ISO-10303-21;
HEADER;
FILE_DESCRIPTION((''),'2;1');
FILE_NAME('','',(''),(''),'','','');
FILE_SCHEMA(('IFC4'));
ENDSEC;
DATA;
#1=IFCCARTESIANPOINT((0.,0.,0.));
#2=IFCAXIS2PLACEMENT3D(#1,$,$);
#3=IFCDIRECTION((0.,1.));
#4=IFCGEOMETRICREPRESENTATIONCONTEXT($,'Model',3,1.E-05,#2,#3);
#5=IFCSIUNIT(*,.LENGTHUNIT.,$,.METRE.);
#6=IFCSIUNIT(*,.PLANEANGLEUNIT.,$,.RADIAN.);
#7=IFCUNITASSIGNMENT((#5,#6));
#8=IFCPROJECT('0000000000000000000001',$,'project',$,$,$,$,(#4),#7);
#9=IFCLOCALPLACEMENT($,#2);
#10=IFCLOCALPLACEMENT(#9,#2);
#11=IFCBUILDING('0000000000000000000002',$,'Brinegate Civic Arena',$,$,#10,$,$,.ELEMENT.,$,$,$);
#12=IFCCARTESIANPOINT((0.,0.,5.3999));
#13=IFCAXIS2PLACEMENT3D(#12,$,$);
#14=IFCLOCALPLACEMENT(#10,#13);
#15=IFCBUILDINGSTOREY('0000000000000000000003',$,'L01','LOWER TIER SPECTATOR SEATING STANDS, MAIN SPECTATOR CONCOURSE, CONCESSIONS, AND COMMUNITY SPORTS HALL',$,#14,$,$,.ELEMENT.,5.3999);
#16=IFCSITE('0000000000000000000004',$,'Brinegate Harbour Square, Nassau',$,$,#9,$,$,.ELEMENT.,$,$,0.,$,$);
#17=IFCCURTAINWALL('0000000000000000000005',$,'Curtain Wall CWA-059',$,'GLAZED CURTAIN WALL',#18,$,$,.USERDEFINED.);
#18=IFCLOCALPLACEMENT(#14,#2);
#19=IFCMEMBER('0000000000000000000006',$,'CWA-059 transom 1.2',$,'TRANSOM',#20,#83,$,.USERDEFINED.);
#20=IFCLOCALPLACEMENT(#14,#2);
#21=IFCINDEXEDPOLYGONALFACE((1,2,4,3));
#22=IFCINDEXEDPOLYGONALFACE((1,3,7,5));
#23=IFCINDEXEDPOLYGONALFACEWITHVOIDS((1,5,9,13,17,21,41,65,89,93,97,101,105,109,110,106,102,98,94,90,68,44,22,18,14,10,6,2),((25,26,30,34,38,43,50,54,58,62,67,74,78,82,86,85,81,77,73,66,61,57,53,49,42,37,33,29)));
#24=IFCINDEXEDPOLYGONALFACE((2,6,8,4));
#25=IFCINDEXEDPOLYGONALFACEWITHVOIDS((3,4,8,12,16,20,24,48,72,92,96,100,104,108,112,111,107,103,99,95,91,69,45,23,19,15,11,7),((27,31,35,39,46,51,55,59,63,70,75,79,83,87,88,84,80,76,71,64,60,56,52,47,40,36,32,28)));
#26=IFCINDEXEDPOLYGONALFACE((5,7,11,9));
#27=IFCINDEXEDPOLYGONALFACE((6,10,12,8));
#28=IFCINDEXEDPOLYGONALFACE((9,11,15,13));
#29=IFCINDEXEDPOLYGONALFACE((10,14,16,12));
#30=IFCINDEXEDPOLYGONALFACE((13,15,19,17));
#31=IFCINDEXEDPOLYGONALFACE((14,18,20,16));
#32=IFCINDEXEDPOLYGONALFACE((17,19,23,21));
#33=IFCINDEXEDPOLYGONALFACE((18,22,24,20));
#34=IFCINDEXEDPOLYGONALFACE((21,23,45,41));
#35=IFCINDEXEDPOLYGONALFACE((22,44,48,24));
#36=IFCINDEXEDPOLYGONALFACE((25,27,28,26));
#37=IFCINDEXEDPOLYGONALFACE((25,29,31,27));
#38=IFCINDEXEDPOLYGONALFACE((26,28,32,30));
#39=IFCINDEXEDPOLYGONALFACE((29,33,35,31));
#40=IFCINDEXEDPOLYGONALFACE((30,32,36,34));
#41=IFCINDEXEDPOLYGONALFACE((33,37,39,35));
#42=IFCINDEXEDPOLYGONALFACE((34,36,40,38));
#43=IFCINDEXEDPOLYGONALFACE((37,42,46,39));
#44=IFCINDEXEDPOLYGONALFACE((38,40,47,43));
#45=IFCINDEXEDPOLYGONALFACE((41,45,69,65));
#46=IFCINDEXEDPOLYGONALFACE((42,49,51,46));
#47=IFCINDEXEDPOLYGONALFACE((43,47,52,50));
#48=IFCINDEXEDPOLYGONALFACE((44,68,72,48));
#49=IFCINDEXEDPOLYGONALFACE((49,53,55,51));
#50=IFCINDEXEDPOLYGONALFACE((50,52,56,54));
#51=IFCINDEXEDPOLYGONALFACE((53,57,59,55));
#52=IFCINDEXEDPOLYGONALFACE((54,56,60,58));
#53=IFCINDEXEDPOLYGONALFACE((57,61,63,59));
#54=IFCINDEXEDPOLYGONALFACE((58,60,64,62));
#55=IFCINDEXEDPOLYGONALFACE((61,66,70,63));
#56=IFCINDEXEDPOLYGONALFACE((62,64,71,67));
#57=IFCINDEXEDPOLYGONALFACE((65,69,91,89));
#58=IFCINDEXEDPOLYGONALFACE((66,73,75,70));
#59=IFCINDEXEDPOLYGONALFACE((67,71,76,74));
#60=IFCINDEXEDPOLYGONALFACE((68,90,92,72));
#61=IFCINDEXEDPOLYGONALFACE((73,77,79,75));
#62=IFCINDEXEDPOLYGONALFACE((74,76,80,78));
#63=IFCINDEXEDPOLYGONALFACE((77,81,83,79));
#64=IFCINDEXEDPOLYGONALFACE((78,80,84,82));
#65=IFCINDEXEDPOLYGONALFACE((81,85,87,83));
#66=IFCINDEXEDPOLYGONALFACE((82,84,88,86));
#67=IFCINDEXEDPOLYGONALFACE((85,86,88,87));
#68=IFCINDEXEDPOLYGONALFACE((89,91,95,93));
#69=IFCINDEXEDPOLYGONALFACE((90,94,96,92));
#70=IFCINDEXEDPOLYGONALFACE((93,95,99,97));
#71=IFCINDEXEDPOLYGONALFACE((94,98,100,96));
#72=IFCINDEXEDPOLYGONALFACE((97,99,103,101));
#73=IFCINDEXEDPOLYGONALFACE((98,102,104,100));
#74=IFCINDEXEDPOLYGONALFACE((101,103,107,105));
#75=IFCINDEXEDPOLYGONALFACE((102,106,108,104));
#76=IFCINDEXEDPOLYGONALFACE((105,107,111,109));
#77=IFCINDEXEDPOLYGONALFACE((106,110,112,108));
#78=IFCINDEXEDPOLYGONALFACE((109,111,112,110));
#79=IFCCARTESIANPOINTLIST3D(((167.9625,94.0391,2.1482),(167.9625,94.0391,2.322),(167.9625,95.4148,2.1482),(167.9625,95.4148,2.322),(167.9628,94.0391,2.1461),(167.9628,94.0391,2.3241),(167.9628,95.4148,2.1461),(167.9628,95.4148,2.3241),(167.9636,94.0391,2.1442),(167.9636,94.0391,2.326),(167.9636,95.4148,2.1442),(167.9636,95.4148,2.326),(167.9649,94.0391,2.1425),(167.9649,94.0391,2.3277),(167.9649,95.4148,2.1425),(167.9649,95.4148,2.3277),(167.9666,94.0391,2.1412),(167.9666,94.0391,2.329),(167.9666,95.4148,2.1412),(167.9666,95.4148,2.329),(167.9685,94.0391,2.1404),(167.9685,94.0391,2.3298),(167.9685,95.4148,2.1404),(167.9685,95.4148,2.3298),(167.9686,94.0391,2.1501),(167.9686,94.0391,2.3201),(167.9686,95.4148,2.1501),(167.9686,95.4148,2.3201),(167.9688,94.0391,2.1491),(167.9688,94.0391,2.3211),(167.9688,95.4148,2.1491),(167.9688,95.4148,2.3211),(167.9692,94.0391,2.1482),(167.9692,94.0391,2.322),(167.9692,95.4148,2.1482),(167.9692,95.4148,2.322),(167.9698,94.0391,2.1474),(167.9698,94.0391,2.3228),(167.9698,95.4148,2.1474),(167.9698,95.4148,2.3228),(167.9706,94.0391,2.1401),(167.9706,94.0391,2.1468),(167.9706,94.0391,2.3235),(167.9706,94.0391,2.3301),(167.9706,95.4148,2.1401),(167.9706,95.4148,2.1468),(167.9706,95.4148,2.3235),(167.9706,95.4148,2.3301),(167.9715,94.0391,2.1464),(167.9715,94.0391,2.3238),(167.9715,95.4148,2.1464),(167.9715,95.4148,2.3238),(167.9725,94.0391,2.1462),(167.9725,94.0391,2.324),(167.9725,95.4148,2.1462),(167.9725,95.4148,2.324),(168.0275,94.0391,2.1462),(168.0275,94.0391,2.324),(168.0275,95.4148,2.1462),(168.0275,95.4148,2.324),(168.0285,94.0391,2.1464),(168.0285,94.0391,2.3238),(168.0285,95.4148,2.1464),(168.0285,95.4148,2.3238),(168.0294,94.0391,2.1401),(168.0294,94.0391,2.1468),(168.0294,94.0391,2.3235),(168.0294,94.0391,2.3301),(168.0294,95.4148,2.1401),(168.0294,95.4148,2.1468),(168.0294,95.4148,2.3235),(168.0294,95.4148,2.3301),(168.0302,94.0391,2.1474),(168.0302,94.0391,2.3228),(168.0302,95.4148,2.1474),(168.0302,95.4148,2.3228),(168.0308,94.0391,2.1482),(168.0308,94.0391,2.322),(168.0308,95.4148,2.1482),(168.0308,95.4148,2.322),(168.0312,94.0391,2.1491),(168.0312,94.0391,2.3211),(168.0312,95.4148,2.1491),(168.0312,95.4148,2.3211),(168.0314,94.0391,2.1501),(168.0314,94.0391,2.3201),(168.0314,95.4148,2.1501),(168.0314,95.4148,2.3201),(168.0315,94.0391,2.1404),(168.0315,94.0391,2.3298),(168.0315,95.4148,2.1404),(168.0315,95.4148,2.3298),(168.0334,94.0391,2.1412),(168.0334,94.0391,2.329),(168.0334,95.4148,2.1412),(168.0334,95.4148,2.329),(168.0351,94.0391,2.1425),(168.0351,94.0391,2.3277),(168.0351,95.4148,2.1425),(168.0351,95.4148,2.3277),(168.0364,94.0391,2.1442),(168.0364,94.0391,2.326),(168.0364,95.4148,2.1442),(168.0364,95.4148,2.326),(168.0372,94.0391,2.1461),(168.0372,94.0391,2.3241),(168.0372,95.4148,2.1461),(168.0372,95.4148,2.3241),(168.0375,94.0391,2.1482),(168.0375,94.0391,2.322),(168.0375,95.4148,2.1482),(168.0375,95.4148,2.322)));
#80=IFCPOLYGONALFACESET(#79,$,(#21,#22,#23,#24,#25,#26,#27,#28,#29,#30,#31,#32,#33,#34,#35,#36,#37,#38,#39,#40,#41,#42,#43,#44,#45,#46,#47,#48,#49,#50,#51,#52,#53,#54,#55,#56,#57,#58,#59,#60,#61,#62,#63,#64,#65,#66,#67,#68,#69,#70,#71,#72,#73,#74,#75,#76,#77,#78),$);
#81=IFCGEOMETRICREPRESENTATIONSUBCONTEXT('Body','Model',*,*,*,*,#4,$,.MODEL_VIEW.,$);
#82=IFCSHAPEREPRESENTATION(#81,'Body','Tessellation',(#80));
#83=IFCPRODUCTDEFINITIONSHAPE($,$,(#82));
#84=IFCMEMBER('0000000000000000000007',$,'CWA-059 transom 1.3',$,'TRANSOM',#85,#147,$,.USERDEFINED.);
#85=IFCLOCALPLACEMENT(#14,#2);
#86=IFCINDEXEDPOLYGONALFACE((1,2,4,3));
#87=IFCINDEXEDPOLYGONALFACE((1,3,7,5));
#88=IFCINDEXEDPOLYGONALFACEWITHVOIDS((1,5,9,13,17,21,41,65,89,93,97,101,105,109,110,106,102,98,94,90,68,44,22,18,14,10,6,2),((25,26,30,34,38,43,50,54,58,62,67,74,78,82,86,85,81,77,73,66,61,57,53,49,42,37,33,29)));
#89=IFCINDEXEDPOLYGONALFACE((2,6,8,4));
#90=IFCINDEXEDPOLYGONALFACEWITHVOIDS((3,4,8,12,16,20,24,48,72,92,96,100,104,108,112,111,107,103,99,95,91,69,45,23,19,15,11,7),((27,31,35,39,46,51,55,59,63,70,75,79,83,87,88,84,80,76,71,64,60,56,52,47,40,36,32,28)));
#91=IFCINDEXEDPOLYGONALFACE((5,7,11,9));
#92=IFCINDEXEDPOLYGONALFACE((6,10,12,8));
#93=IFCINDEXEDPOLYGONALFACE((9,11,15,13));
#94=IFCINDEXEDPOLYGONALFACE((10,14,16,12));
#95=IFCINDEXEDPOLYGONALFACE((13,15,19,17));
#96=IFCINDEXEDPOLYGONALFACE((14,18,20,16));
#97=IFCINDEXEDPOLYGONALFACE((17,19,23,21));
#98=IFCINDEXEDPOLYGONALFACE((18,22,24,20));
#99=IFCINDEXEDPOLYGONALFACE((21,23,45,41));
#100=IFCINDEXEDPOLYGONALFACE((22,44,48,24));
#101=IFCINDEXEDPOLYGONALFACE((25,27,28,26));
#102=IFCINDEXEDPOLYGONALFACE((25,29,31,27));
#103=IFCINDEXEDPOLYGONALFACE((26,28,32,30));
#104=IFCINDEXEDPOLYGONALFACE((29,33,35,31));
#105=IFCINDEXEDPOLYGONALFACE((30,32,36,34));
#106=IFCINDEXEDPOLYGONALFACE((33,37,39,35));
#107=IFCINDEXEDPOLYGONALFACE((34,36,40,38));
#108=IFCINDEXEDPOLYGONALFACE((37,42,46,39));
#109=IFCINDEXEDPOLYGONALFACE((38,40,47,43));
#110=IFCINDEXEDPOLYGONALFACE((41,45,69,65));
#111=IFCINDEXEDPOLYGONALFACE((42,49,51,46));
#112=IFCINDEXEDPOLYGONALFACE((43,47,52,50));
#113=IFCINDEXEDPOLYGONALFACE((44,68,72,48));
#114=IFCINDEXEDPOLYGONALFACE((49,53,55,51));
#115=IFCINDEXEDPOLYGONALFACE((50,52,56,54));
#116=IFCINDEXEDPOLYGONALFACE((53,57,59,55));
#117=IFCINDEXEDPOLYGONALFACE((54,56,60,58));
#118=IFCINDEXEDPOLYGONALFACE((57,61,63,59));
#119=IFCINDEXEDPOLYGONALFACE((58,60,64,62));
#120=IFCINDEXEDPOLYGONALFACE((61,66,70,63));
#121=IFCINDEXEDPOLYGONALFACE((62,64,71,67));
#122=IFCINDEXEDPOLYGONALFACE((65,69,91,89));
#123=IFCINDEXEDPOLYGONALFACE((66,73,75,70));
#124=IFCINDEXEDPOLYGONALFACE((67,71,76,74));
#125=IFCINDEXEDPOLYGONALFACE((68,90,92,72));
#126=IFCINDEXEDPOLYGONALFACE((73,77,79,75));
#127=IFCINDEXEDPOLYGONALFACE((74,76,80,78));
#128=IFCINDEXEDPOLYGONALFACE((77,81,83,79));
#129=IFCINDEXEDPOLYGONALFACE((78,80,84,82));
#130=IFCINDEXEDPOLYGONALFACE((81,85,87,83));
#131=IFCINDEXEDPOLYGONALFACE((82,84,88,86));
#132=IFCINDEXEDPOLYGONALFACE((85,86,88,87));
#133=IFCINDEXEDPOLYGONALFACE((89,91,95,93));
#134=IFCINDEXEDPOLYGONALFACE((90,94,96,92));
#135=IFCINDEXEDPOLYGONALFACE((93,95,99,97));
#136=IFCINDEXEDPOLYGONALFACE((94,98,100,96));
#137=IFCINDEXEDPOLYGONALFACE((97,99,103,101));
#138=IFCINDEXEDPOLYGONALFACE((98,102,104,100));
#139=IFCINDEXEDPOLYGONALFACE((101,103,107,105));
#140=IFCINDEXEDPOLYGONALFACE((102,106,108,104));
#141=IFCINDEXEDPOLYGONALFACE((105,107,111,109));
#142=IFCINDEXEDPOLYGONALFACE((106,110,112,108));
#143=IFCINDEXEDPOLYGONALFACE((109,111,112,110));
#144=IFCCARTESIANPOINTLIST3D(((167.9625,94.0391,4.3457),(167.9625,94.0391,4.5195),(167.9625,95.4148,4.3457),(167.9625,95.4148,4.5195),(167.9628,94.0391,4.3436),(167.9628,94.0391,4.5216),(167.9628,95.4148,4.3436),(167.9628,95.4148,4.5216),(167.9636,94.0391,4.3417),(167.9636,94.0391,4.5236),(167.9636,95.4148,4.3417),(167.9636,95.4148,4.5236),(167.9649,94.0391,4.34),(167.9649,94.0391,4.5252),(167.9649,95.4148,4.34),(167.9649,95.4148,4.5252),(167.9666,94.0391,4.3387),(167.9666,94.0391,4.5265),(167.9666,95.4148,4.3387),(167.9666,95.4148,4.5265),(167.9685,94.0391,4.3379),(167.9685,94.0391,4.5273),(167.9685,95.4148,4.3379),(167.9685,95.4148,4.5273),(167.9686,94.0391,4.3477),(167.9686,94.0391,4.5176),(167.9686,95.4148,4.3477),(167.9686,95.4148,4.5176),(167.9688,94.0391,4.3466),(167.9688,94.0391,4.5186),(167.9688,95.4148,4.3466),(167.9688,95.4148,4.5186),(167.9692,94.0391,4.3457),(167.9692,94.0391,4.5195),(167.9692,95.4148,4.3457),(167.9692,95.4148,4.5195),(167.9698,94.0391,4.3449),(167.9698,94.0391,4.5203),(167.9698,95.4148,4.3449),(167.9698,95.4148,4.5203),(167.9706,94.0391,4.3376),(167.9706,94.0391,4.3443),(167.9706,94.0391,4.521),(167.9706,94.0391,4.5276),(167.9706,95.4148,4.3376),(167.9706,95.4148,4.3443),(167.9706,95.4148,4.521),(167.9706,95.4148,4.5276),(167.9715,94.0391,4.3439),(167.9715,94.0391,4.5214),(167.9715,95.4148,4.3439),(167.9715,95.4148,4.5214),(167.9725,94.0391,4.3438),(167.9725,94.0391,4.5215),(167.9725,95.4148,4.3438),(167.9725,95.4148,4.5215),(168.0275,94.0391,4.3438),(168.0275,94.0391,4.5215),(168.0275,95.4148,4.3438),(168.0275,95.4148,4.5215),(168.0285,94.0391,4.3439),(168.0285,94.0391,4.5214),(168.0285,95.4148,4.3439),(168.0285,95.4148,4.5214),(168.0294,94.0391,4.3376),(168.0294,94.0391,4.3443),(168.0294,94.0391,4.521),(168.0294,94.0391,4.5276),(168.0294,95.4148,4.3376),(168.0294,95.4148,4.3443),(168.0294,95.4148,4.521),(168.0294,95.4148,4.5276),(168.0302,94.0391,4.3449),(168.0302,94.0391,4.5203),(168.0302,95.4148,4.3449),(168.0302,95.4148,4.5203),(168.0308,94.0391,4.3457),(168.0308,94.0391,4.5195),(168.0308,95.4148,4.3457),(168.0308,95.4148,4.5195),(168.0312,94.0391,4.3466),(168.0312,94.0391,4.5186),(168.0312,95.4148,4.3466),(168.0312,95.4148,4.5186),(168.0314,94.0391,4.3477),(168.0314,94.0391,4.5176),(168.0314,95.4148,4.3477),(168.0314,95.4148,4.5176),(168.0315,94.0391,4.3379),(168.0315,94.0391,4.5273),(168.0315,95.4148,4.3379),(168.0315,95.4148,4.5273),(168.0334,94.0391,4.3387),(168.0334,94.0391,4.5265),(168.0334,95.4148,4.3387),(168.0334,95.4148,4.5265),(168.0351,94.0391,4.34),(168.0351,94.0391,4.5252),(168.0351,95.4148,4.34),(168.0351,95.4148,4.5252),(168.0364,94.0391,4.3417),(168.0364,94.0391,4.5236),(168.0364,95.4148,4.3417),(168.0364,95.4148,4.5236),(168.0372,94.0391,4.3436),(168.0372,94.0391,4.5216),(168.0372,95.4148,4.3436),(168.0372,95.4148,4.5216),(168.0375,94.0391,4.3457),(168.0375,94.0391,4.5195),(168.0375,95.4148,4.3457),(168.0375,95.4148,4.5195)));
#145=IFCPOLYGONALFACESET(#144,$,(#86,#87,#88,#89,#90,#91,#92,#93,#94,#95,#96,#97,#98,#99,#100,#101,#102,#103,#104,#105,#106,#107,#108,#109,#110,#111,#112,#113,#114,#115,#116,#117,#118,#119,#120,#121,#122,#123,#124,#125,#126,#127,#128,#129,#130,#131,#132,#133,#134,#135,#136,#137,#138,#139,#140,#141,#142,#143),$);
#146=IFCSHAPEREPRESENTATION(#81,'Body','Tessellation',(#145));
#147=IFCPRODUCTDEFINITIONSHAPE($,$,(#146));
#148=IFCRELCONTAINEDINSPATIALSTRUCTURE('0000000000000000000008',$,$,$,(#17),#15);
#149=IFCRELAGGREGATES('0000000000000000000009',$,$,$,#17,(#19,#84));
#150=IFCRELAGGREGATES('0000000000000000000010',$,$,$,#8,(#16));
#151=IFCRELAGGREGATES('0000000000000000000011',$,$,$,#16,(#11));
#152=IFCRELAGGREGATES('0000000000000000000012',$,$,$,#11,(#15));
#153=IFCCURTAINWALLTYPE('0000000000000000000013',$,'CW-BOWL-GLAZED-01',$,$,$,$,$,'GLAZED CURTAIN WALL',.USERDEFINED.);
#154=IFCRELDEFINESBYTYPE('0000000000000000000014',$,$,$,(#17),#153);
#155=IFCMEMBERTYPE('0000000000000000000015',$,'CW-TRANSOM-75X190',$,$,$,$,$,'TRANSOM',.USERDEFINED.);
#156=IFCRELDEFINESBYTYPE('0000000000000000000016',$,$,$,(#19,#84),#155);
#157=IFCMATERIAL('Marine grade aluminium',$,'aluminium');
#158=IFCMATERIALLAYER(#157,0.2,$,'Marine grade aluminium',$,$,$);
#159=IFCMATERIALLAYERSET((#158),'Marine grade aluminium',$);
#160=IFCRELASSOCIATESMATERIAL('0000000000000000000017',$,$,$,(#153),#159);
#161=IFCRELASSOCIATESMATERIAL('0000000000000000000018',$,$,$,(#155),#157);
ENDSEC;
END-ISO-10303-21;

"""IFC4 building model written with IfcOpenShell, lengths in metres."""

from ifc_helpers import new_model, si_unit, direction, frame, origin, origin_2d, place, context, subcontext, project, spatial, hollow_rectangle, extrude, material, layer, layer_set, material_profile, profile_set, type_object, element, aggregate, save


model = new_model("IFC4")

# Units and contexts
model_context = context("Model", 3, precision=1e-05, world=origin(), true_north=direction((0.0, 1.0)))
body_context = subcontext(model_context, "Body", "Model", "MODEL_VIEW")
ifc_project = project(units=[si_unit("LENGTHUNIT", "METRE"), si_unit("PLANEANGLEUNIT", "RADIAN")], contexts=[model_context])

# Site, building, storey
site_placement = place(None, origin())
site = spatial("IfcSite", under=ifc_project, at=site_placement, Name="Brinegate Harbour Square, Nassau", CompositionType="ELEMENT", RefElevation=0.0)
building_placement = place(site_placement, origin())
building = spatial("IfcBuilding", under=site, at=building_placement, Name="Brinegate Civic Arena", CompositionType="ELEMENT")
storey_placement = place(building_placement, frame((0.0, 0.0, 5.3999)))
storey = spatial("IfcBuildingStorey", under=building, at=storey_placement, Name="L01", Description="LOWER TIER SPECTATOR SEATING STANDS, MAIN SPECTATOR CONCOURSE, CONCESSIONS, AND COMMUNITY SPORTS HALL", CompositionType="ELEMENT", Elevation=5.3999)

# Curtain wall
ifc_material_1 = material(Name="Marine grade aluminium", Category="aluminium")
ifc_layer_1 = layer(ifc_material_1, 0.2, Name="Marine grade aluminium")
ifc_layer_set_1 = layer_set([ifc_layer_1], Name="Marine grade aluminium")
curtain_wall_type = type_object("IfcCurtainWallType", Name="CW-BOWL-GLAZED-01", ElementType="GLAZED CURTAIN WALL", PredefinedType="USERDEFINED", material=ifc_layer_set_1)
curtain_wall_1_placement = place(storey_placement, origin())
curtain_wall_1 = element("IfcCurtainWall", 1, at=curtain_wall_1_placement, inside=storey, type_object=curtain_wall_type, Name="Curtain Wall CWA-059", ObjectType="GLAZED CURTAIN WALL", PredefinedType="USERDEFINED")

# Members
ifc_material_profile_1 = material_profile(ifc_material_1, hollow_rectangle(XDim=0.075, YDim=0.1899, WallThickness=0.0061, InnerFilletRadius=0.0039, OuterFilletRadius=0.0081, at=origin_2d()), Name="TRN75X190")
ifc_profile_set_1 = profile_set([ifc_material_profile_1], Name="Marine grade aluminium")
member_type_1 = type_object("IfcMemberType", Name="CW-TRANSOM-75X190", ElementType="TRANSOM", PredefinedType="USERDEFINED", material=ifc_profile_set_1)
member_1_placement = place(storey_placement, frame((168.0, 94.0391, 2.2351), z_axis=(0.0, 1.0, 0.0), x_axis=(-1.0, 0.0, 0.0)))
member_1 = element("IfcMember", 2, at=member_1_placement, type_object=member_type_1, Name="CWA-059 transom 1.2", ObjectType="TRANSOM", PredefinedType="USERDEFINED", context=body_context, shape_type="SweptSolid", body=[
    extrude(hollow_rectangle(XDim=0.075, YDim=0.1899, WallThickness=0.0061, InnerFilletRadius=0.0039, OuterFilletRadius=0.0081, at=origin_2d()), origin(), (0.0, 0.0, 1.0), 1.3757),
])
member_2_placement = place(storey_placement, frame((168.0, 94.0391, 4.4326), z_axis=(0.0, 1.0, 0.0), x_axis=(-1.0, 0.0, 0.0)))
member_2 = element("IfcMember", 3, at=member_2_placement, type_object=member_type_1, Name="CWA-059 transom 1.3", ObjectType="TRANSOM", PredefinedType="USERDEFINED", context=body_context, shape_type="SweptSolid", body=[
    extrude(hollow_rectangle(XDim=0.075, YDim=0.1899, WallThickness=0.0061, InnerFilletRadius=0.0039, OuterFilletRadius=0.0081, at=origin_2d()), origin(), (0.0, 0.0, 1.0), 1.3757),
])

aggregate(curtain_wall_1, [member_1, member_2])

save(model, "model.ifc")
